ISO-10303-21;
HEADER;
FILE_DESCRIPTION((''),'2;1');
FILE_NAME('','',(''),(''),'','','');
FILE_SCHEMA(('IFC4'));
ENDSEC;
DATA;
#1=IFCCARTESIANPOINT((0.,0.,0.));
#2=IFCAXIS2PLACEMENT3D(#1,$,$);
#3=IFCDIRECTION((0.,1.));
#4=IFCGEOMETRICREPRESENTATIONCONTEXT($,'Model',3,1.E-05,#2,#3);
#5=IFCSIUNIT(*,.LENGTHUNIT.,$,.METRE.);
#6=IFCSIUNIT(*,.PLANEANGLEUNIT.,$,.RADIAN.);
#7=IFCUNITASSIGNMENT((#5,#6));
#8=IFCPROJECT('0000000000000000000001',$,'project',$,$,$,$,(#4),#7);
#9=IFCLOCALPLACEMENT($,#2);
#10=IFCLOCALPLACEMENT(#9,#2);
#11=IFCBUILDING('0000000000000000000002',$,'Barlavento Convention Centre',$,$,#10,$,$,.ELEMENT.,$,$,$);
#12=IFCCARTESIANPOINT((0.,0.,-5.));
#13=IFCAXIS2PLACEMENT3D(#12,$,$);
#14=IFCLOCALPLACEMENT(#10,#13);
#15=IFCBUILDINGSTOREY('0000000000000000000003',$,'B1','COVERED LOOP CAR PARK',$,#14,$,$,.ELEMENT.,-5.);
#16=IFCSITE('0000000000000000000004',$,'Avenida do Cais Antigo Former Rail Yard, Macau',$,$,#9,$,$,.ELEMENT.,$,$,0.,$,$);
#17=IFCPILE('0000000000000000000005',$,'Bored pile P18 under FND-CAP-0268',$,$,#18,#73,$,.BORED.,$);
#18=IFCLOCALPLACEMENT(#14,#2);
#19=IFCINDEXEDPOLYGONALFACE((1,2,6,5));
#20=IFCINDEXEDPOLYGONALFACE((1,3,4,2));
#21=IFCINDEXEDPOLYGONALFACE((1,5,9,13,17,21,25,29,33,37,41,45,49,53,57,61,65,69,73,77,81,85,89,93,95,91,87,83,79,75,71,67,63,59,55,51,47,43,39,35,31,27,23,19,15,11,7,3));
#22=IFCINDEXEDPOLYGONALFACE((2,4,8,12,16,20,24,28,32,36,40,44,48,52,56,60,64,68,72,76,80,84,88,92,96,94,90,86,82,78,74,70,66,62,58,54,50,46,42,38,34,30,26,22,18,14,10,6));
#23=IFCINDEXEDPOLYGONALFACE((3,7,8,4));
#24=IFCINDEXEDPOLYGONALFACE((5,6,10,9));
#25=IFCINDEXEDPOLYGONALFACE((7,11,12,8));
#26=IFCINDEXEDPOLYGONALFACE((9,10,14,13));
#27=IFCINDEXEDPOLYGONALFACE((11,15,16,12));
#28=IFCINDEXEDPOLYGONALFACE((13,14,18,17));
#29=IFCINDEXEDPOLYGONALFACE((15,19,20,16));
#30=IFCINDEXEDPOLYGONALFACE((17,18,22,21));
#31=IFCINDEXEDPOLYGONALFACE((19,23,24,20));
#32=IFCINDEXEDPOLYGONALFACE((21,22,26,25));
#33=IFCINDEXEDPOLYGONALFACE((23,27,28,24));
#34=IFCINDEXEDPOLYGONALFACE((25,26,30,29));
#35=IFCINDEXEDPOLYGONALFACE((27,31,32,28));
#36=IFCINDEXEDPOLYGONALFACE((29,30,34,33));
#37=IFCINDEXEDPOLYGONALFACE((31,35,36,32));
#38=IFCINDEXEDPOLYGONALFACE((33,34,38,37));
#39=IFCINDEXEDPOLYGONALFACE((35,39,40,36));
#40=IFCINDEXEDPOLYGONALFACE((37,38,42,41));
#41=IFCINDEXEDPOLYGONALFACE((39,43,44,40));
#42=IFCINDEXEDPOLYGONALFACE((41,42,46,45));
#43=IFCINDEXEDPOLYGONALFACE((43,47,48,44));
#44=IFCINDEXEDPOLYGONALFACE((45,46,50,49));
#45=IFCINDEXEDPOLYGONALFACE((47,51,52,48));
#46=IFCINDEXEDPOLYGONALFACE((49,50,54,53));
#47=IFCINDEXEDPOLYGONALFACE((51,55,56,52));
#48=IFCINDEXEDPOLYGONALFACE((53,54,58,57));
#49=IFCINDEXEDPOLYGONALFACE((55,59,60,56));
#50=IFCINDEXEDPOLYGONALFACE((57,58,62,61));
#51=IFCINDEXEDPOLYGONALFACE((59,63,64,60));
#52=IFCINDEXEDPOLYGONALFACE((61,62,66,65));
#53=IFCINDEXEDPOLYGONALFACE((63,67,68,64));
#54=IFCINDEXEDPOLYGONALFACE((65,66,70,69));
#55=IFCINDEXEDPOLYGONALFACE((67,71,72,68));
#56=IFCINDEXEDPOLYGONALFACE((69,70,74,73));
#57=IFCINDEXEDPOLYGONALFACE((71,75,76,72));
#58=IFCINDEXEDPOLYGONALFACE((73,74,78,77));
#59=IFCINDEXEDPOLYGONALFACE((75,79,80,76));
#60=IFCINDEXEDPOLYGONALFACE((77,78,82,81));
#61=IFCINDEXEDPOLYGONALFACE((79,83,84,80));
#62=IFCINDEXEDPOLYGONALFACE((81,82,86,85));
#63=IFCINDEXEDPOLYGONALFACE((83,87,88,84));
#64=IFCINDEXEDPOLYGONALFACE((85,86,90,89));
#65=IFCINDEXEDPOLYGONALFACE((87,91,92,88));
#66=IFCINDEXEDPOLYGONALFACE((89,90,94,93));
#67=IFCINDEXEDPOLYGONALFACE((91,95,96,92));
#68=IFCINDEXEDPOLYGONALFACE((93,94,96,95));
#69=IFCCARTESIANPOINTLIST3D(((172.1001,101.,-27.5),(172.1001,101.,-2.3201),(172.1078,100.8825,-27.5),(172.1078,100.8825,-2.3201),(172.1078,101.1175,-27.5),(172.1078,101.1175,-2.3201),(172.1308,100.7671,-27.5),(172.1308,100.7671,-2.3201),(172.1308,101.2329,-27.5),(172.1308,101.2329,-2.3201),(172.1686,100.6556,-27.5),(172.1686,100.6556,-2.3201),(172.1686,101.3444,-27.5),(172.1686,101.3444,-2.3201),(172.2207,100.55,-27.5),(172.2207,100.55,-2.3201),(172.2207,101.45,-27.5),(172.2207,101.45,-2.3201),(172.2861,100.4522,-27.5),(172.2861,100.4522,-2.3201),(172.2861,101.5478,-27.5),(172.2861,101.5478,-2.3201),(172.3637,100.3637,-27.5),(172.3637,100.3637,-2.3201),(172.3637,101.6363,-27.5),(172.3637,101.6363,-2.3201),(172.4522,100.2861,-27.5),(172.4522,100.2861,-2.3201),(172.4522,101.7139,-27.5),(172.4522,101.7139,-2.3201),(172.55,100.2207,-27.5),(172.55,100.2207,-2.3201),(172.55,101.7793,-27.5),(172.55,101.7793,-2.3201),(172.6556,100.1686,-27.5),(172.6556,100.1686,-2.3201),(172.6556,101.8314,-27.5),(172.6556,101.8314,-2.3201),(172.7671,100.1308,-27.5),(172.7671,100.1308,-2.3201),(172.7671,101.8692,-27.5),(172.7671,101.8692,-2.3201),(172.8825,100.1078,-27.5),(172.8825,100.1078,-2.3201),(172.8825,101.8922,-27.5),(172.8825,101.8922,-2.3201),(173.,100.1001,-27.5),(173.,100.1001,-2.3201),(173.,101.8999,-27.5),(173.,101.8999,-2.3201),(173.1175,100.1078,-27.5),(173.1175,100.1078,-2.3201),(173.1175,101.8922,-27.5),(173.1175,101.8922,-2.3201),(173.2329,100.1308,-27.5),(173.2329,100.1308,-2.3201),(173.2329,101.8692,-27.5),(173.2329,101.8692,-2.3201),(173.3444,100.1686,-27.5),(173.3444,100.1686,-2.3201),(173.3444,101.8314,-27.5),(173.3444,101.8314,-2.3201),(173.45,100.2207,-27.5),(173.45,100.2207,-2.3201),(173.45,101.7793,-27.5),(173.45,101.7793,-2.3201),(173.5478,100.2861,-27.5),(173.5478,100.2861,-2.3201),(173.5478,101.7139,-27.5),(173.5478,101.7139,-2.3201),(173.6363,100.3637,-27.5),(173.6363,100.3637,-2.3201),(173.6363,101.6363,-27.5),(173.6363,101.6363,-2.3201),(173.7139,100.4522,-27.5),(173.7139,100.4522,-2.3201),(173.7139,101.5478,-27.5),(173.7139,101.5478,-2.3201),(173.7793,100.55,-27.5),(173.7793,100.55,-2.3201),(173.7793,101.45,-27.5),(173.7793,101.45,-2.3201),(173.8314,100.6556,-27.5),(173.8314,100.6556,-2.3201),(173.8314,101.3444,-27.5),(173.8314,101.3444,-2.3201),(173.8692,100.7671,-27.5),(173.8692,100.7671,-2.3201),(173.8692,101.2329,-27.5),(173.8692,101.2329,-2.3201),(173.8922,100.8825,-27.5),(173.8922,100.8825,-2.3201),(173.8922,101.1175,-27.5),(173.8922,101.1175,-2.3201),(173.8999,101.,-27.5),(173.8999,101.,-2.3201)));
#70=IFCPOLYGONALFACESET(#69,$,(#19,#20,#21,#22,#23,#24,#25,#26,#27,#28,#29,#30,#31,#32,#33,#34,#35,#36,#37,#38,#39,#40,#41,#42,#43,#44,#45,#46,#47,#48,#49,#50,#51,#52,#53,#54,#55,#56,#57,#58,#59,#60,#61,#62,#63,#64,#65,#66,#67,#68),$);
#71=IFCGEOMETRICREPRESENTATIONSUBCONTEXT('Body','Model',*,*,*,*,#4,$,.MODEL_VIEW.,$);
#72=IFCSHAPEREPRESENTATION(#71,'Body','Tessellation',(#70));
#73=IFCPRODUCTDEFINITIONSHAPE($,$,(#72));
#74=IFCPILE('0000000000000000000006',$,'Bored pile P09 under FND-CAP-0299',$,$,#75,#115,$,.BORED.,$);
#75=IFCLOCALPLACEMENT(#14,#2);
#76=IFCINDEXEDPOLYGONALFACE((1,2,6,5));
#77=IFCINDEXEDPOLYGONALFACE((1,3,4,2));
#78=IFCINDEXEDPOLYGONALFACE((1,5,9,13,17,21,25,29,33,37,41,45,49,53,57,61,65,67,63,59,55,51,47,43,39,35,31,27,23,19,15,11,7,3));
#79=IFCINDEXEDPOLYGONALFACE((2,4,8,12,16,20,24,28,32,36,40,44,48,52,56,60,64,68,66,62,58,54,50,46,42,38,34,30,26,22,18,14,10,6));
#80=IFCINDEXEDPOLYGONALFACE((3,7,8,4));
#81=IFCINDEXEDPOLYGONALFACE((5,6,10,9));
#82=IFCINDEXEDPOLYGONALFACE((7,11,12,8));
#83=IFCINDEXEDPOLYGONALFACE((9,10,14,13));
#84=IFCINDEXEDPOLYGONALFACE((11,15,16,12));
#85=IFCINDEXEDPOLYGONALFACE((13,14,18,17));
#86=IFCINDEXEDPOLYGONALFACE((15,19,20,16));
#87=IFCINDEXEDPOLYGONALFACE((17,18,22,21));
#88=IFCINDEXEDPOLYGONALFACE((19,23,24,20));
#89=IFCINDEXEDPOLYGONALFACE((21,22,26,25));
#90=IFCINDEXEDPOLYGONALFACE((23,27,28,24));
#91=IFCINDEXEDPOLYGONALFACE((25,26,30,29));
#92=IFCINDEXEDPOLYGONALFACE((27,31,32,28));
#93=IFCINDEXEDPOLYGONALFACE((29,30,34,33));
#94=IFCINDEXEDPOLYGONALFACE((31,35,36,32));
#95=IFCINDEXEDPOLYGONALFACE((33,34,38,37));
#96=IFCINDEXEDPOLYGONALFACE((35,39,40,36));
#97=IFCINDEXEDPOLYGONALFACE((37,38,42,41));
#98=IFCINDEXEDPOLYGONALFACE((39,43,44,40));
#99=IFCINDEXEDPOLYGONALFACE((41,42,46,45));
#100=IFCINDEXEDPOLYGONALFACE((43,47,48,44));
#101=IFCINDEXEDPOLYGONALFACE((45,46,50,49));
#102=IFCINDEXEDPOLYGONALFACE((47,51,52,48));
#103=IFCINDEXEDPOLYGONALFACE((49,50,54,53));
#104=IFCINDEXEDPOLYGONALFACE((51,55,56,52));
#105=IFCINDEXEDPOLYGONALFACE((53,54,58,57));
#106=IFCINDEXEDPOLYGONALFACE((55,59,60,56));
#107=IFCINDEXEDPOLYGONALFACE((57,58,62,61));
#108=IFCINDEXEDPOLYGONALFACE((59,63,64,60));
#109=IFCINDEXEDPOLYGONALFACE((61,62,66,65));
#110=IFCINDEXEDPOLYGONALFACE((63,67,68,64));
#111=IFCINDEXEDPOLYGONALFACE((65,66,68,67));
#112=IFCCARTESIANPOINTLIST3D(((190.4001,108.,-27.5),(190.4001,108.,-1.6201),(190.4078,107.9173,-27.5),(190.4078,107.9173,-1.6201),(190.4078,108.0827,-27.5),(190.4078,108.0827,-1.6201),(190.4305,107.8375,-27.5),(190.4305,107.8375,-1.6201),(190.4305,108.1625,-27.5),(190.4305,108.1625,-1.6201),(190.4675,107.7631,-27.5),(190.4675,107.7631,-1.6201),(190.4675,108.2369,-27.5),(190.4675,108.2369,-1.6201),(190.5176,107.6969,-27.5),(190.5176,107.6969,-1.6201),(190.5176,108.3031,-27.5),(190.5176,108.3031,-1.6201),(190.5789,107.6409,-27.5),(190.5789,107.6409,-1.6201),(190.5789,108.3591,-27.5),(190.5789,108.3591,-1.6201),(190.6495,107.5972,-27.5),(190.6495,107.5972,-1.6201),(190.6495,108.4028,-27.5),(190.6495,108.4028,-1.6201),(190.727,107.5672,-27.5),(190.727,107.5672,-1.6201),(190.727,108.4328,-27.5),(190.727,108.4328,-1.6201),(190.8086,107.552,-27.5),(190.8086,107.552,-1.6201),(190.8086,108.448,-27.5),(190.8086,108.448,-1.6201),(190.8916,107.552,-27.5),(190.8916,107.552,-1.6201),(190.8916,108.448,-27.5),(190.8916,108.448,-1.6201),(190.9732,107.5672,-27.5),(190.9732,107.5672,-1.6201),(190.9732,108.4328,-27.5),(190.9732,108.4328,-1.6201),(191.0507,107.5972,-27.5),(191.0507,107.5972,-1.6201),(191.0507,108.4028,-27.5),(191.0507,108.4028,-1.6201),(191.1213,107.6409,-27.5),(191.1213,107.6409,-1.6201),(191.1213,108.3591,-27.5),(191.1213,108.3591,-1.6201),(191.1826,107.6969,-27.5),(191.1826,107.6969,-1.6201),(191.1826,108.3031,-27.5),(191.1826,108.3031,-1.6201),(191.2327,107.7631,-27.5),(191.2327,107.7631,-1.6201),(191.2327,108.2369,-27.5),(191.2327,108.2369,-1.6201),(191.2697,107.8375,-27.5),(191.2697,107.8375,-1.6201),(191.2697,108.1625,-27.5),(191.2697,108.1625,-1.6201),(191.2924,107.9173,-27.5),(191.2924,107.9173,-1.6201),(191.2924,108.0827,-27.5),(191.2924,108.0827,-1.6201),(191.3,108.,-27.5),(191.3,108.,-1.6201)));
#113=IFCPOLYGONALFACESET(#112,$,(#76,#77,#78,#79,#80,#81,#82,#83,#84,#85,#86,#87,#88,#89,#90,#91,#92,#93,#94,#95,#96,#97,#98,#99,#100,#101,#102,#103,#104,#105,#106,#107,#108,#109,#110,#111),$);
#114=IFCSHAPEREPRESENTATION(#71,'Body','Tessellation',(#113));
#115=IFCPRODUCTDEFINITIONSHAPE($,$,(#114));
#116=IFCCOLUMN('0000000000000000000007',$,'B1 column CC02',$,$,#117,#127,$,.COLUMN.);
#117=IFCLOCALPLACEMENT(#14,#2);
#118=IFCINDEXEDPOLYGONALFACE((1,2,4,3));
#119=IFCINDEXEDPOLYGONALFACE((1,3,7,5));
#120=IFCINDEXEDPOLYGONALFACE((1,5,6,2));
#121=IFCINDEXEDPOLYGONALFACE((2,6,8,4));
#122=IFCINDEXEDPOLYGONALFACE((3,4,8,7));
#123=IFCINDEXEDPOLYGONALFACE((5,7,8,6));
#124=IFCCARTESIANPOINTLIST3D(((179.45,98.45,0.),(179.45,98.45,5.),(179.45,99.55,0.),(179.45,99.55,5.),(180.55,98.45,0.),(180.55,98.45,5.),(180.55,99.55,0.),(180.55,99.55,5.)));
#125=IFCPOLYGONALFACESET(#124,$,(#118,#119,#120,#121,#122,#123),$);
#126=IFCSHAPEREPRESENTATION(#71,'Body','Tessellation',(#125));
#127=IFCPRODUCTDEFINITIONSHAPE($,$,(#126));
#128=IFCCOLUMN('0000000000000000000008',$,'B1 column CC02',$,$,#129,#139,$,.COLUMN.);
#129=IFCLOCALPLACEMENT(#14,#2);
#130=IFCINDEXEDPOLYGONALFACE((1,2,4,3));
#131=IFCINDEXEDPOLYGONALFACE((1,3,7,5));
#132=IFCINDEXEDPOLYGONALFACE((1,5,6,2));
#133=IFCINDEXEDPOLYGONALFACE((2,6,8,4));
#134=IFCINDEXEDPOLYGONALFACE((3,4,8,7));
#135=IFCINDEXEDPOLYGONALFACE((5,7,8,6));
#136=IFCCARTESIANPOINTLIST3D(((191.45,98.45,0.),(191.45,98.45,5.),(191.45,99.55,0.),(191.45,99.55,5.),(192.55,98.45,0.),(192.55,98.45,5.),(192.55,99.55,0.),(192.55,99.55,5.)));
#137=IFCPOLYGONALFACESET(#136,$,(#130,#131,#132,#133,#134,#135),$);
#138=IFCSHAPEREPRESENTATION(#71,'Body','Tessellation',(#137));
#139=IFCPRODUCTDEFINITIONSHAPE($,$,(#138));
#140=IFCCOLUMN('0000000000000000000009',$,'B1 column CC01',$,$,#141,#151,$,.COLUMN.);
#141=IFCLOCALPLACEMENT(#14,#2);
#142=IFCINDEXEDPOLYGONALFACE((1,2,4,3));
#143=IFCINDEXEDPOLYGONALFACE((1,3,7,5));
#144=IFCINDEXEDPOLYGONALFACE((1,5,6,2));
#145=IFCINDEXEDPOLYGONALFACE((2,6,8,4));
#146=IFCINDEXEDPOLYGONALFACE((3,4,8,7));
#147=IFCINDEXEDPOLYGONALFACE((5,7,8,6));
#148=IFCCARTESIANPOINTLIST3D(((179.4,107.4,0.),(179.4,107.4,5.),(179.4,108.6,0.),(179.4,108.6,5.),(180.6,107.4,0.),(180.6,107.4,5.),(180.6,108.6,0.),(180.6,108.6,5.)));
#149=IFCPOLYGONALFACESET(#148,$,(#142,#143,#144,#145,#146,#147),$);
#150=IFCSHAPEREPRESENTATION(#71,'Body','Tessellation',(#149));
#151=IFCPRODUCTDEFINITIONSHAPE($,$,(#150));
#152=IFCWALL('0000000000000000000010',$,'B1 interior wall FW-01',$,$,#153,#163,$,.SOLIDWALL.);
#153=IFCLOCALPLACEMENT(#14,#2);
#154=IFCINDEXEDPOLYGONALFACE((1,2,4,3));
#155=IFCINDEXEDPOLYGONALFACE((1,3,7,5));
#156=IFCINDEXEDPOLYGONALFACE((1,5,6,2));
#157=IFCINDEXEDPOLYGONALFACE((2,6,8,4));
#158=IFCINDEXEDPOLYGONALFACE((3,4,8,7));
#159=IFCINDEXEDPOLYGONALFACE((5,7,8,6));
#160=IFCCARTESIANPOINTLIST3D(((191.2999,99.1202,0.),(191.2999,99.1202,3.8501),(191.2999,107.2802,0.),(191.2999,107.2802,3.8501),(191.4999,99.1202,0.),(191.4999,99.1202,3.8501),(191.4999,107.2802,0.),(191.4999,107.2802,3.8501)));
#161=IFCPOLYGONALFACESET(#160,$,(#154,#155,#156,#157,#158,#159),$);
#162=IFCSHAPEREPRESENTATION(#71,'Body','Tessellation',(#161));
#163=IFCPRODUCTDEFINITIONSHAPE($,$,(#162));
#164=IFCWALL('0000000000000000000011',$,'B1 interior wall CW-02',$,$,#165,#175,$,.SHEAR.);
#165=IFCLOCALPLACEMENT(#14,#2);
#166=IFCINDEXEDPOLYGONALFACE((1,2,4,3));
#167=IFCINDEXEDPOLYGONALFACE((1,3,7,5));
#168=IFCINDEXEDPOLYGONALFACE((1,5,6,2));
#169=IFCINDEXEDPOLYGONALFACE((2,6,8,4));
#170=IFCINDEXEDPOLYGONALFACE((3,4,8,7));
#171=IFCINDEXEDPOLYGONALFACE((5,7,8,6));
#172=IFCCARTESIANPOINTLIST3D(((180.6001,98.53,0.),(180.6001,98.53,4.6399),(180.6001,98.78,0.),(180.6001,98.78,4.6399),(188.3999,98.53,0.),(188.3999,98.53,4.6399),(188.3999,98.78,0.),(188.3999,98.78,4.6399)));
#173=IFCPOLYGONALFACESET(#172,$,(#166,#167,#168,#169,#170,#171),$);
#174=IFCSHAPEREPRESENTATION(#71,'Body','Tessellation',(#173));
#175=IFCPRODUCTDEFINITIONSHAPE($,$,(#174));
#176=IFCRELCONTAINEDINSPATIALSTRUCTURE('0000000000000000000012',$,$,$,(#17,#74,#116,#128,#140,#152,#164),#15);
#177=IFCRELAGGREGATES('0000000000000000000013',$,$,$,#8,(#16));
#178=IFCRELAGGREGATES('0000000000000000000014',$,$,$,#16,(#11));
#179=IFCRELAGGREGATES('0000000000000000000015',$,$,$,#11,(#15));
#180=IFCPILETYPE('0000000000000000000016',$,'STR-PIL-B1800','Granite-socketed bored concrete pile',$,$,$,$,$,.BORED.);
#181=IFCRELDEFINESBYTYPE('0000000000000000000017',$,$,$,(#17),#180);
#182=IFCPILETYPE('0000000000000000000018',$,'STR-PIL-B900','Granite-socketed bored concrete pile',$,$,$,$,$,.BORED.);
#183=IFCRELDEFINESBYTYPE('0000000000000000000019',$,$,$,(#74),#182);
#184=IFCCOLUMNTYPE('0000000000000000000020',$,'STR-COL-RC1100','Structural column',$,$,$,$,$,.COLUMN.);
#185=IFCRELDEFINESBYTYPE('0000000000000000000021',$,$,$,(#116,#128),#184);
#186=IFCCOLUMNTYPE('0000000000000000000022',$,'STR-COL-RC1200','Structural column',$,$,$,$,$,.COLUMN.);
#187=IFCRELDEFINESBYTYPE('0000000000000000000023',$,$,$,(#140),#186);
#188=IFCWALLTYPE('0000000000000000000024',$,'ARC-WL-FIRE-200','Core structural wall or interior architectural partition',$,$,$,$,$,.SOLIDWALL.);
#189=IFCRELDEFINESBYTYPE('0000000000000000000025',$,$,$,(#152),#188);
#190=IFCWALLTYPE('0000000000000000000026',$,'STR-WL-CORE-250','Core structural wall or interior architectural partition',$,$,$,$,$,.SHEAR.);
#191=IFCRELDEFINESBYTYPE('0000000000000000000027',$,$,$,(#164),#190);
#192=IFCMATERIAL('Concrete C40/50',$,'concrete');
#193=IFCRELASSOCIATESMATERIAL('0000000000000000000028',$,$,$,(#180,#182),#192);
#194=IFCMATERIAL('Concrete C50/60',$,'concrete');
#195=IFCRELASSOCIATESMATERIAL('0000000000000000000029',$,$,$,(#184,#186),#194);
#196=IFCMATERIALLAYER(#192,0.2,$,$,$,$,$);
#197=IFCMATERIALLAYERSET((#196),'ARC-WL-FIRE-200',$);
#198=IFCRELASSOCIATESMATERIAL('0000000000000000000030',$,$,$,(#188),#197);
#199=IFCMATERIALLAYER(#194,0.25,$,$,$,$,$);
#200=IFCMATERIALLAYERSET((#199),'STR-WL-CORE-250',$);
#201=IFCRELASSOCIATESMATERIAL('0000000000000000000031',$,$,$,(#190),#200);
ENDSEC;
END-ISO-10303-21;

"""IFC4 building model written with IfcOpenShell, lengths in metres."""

from ifc_helpers import new_model, si_unit, direction, frame, frame_2d, origin, origin_2d, place, context, subcontext, project, spatial, rectangle, circle, extrude, material, layer, layer_set, material_profile, profile_set, type_object, element, save


model = new_model("IFC4")

# Units and contexts
model_context = context("Model", 3, precision=1e-05, world=origin(), true_north=direction((0.0, 1.0)))
body_context = subcontext(model_context, "Body", "Model", "MODEL_VIEW")
ifc_project = project(units=[si_unit("LENGTHUNIT", "METRE"), si_unit("PLANEANGLEUNIT", "RADIAN")], contexts=[model_context])

# Site, building, storey
site_placement = place(None, origin())
site = spatial("IfcSite", under=ifc_project, at=site_placement, Name="Avenida do Cais Antigo Former Rail Yard, Macau", CompositionType="ELEMENT", RefElevation=0.0)
building_placement = place(site_placement, origin())
building = spatial("IfcBuilding", under=site, at=building_placement, Name="Barlavento Convention Centre", CompositionType="ELEMENT")
storey_placement = place(building_placement, frame((0.0, 0.0, -5.0)))
storey = spatial("IfcBuildingStorey", under=building, at=storey_placement, Name="B1", Description="COVERED LOOP CAR PARK", CompositionType="ELEMENT", Elevation=-5.0)

# Shared definitions
ifc_material_1 = material(Name="Concrete C40/50", Category="concrete")

# Piles
ifc_material_profile_1 = material_profile(ifc_material_1, circle(Radius=0.8999, at=origin_2d()), Name="BORED PILE 1800")
ifc_profile_set_1 = profile_set([ifc_material_profile_1], Name="Concrete C40/50")
pile_type_1 = type_object("IfcPileType", Name="STR-PIL-B1800", Description="Granite-socketed bored concrete pile", PredefinedType="BORED", material=ifc_profile_set_1)
for number, where, z_axis, x_axis, name in (
    (1, (173.0, 101.0, -2.3201), (0.0, 0.0, -1.0), (1.0, 0.0, 0.0), "Bored pile P18 under FND-CAP-0268"),
):
    element("IfcPile", number, at=place(storey_placement, frame(where, z_axis=z_axis, x_axis=x_axis)), inside=storey, type_object=pile_type_1, Name=name, PredefinedType="BORED", context=body_context, shape_type="SweptSolid", body=[
        extrude(circle(Radius=0.8999, at=origin_2d()), origin(), (0.0, 0.0, 1.0), 25.1799),
    ])
ifc_material_profile_2 = material_profile(ifc_material_1, circle(Radius=0.45, at=origin_2d()), Name="BORED PILE 900")
ifc_profile_set_2 = profile_set([ifc_material_profile_2], Name="Concrete C40/50")
pile_type_2 = type_object("IfcPileType", Name="STR-PIL-B900", Description="Granite-socketed bored concrete pile", PredefinedType="BORED", material=ifc_profile_set_2)
pile_1_placement = place(storey_placement, frame((190.8501, 108.0, -1.6201), z_axis=(0.0, 0.0, -1.0), x_axis=(1.0, 0.0, 0.0)))
element("IfcPile", 2, at=pile_1_placement, inside=storey, type_object=pile_type_2, Name="Bored pile P09 under FND-CAP-0299", PredefinedType="BORED", context=body_context, shape_type="SweptSolid", body=[
    extrude(circle(Radius=0.45, at=origin_2d()), origin(), (0.0, 0.0, 1.0), 25.8799),
])

# Columns
ifc_material_2 = material(Name="Concrete C50/60", Category="concrete")
ifc_material_profile_3 = material_profile(ifc_material_2, rectangle(XDim=1.1001, YDim=1.1001, at=origin_2d()), Name="RC 1100x1100")
ifc_profile_set_3 = profile_set([ifc_material_profile_3], Name="Concrete C50/60")
column_type_1 = type_object("IfcColumnType", Name="STR-COL-RC1100", Description="Structural column", PredefinedType="COLUMN", material=ifc_profile_set_3)
for number, where, z_axis, x_axis, name in (
    (3, (180.0, 99.0, 0.0), (0.0, 0.0, 1.0), (1.0, 0.0, 0.0), "B1 column CC02"),
    (4, (192.0, 99.0, 0.0), (0.0, 0.0, 1.0), (1.0, 0.0, 0.0), "B1 column CC02"),
):
    element("IfcColumn", number, at=place(storey_placement, frame(where, z_axis=z_axis, x_axis=x_axis)), inside=storey, type_object=column_type_1, Name=name, PredefinedType="COLUMN", context=body_context, shape_type="SweptSolid", body=[
        extrude(rectangle(XDim=1.1001, YDim=1.1001, at=origin_2d()), origin(), (0.0, 0.0, 1.0), 5.0),
    ])
ifc_material_profile_4 = material_profile(ifc_material_2, rectangle(XDim=1.2, YDim=1.2, at=origin_2d()), Name="RC 1200x1200")
ifc_profile_set_4 = profile_set([ifc_material_profile_4], Name="Concrete C50/60")
column_type_2 = type_object("IfcColumnType", Name="STR-COL-RC1200", Description="Structural column", PredefinedType="COLUMN", material=ifc_profile_set_4)
column_placement = place(storey_placement, frame((180.0, 108.0, 0.0), z_axis=(0.0, 0.0, 1.0), x_axis=(1.0, 0.0, 0.0)))
element("IfcColumn", 5, at=column_placement, inside=storey, type_object=column_type_2, Name="B1 column CC01", PredefinedType="COLUMN", context=body_context, shape_type="SweptSolid", body=[
    extrude(rectangle(XDim=1.2, YDim=1.2, at=origin_2d()), origin(), (0.0, 0.0, 1.0), 5.0),
])

# Walls
ifc_layer_1 = layer(ifc_material_1, 0.2)
ifc_layer_set_1 = layer_set([ifc_layer_1], Name="ARC-WL-FIRE-200")
wall_type_1 = type_object("IfcWallType", Name="ARC-WL-FIRE-200", Description="Core structural wall or interior architectural partition", PredefinedType="SOLIDWALL", material=ifc_layer_set_1)
wall_1_placement = place(storey_placement, frame((191.3999, 99.1201, 0.0), z_axis=(0.0, 0.0, 1.0), x_axis=(0.0, 1.0, 0.0)))
element("IfcWall", 6, at=wall_1_placement, inside=storey, type_object=wall_type_1, Name="B1 interior wall FW-01", PredefinedType="SOLIDWALL", context=body_context, shape_type="SweptSolid", body=[
    extrude(rectangle(XDim=8.1599, YDim=0.2, at=frame_2d((4.0801, 0.0))), origin(), (0.0, 0.0, 1.0), 3.8501),
])
ifc_layer_2 = layer(ifc_material_2, 0.25)
ifc_layer_set_2 = layer_set([ifc_layer_2], Name="STR-WL-CORE-250")
wall_type_2 = type_object("IfcWallType", Name="STR-WL-CORE-250", Description="Core structural wall or interior architectural partition", PredefinedType="SHEAR", material=ifc_layer_set_2)
wall_2_placement = place(storey_placement, frame((180.6001, 98.655, 0.0), z_axis=(0.0, 0.0, 1.0), x_axis=(1.0, 0.0, 0.0)))
element("IfcWall", 7, at=wall_2_placement, inside=storey, type_object=wall_type_2, Name="B1 interior wall CW-02", PredefinedType="SHEAR", context=body_context, shape_type="SweptSolid", body=[
    extrude(rectangle(XDim=7.7998, YDim=0.25, at=frame_2d((3.8999, 0.0))), origin(), (0.0, 0.0, 1.0), 4.6399),
])

save(model, "model.ifc")
